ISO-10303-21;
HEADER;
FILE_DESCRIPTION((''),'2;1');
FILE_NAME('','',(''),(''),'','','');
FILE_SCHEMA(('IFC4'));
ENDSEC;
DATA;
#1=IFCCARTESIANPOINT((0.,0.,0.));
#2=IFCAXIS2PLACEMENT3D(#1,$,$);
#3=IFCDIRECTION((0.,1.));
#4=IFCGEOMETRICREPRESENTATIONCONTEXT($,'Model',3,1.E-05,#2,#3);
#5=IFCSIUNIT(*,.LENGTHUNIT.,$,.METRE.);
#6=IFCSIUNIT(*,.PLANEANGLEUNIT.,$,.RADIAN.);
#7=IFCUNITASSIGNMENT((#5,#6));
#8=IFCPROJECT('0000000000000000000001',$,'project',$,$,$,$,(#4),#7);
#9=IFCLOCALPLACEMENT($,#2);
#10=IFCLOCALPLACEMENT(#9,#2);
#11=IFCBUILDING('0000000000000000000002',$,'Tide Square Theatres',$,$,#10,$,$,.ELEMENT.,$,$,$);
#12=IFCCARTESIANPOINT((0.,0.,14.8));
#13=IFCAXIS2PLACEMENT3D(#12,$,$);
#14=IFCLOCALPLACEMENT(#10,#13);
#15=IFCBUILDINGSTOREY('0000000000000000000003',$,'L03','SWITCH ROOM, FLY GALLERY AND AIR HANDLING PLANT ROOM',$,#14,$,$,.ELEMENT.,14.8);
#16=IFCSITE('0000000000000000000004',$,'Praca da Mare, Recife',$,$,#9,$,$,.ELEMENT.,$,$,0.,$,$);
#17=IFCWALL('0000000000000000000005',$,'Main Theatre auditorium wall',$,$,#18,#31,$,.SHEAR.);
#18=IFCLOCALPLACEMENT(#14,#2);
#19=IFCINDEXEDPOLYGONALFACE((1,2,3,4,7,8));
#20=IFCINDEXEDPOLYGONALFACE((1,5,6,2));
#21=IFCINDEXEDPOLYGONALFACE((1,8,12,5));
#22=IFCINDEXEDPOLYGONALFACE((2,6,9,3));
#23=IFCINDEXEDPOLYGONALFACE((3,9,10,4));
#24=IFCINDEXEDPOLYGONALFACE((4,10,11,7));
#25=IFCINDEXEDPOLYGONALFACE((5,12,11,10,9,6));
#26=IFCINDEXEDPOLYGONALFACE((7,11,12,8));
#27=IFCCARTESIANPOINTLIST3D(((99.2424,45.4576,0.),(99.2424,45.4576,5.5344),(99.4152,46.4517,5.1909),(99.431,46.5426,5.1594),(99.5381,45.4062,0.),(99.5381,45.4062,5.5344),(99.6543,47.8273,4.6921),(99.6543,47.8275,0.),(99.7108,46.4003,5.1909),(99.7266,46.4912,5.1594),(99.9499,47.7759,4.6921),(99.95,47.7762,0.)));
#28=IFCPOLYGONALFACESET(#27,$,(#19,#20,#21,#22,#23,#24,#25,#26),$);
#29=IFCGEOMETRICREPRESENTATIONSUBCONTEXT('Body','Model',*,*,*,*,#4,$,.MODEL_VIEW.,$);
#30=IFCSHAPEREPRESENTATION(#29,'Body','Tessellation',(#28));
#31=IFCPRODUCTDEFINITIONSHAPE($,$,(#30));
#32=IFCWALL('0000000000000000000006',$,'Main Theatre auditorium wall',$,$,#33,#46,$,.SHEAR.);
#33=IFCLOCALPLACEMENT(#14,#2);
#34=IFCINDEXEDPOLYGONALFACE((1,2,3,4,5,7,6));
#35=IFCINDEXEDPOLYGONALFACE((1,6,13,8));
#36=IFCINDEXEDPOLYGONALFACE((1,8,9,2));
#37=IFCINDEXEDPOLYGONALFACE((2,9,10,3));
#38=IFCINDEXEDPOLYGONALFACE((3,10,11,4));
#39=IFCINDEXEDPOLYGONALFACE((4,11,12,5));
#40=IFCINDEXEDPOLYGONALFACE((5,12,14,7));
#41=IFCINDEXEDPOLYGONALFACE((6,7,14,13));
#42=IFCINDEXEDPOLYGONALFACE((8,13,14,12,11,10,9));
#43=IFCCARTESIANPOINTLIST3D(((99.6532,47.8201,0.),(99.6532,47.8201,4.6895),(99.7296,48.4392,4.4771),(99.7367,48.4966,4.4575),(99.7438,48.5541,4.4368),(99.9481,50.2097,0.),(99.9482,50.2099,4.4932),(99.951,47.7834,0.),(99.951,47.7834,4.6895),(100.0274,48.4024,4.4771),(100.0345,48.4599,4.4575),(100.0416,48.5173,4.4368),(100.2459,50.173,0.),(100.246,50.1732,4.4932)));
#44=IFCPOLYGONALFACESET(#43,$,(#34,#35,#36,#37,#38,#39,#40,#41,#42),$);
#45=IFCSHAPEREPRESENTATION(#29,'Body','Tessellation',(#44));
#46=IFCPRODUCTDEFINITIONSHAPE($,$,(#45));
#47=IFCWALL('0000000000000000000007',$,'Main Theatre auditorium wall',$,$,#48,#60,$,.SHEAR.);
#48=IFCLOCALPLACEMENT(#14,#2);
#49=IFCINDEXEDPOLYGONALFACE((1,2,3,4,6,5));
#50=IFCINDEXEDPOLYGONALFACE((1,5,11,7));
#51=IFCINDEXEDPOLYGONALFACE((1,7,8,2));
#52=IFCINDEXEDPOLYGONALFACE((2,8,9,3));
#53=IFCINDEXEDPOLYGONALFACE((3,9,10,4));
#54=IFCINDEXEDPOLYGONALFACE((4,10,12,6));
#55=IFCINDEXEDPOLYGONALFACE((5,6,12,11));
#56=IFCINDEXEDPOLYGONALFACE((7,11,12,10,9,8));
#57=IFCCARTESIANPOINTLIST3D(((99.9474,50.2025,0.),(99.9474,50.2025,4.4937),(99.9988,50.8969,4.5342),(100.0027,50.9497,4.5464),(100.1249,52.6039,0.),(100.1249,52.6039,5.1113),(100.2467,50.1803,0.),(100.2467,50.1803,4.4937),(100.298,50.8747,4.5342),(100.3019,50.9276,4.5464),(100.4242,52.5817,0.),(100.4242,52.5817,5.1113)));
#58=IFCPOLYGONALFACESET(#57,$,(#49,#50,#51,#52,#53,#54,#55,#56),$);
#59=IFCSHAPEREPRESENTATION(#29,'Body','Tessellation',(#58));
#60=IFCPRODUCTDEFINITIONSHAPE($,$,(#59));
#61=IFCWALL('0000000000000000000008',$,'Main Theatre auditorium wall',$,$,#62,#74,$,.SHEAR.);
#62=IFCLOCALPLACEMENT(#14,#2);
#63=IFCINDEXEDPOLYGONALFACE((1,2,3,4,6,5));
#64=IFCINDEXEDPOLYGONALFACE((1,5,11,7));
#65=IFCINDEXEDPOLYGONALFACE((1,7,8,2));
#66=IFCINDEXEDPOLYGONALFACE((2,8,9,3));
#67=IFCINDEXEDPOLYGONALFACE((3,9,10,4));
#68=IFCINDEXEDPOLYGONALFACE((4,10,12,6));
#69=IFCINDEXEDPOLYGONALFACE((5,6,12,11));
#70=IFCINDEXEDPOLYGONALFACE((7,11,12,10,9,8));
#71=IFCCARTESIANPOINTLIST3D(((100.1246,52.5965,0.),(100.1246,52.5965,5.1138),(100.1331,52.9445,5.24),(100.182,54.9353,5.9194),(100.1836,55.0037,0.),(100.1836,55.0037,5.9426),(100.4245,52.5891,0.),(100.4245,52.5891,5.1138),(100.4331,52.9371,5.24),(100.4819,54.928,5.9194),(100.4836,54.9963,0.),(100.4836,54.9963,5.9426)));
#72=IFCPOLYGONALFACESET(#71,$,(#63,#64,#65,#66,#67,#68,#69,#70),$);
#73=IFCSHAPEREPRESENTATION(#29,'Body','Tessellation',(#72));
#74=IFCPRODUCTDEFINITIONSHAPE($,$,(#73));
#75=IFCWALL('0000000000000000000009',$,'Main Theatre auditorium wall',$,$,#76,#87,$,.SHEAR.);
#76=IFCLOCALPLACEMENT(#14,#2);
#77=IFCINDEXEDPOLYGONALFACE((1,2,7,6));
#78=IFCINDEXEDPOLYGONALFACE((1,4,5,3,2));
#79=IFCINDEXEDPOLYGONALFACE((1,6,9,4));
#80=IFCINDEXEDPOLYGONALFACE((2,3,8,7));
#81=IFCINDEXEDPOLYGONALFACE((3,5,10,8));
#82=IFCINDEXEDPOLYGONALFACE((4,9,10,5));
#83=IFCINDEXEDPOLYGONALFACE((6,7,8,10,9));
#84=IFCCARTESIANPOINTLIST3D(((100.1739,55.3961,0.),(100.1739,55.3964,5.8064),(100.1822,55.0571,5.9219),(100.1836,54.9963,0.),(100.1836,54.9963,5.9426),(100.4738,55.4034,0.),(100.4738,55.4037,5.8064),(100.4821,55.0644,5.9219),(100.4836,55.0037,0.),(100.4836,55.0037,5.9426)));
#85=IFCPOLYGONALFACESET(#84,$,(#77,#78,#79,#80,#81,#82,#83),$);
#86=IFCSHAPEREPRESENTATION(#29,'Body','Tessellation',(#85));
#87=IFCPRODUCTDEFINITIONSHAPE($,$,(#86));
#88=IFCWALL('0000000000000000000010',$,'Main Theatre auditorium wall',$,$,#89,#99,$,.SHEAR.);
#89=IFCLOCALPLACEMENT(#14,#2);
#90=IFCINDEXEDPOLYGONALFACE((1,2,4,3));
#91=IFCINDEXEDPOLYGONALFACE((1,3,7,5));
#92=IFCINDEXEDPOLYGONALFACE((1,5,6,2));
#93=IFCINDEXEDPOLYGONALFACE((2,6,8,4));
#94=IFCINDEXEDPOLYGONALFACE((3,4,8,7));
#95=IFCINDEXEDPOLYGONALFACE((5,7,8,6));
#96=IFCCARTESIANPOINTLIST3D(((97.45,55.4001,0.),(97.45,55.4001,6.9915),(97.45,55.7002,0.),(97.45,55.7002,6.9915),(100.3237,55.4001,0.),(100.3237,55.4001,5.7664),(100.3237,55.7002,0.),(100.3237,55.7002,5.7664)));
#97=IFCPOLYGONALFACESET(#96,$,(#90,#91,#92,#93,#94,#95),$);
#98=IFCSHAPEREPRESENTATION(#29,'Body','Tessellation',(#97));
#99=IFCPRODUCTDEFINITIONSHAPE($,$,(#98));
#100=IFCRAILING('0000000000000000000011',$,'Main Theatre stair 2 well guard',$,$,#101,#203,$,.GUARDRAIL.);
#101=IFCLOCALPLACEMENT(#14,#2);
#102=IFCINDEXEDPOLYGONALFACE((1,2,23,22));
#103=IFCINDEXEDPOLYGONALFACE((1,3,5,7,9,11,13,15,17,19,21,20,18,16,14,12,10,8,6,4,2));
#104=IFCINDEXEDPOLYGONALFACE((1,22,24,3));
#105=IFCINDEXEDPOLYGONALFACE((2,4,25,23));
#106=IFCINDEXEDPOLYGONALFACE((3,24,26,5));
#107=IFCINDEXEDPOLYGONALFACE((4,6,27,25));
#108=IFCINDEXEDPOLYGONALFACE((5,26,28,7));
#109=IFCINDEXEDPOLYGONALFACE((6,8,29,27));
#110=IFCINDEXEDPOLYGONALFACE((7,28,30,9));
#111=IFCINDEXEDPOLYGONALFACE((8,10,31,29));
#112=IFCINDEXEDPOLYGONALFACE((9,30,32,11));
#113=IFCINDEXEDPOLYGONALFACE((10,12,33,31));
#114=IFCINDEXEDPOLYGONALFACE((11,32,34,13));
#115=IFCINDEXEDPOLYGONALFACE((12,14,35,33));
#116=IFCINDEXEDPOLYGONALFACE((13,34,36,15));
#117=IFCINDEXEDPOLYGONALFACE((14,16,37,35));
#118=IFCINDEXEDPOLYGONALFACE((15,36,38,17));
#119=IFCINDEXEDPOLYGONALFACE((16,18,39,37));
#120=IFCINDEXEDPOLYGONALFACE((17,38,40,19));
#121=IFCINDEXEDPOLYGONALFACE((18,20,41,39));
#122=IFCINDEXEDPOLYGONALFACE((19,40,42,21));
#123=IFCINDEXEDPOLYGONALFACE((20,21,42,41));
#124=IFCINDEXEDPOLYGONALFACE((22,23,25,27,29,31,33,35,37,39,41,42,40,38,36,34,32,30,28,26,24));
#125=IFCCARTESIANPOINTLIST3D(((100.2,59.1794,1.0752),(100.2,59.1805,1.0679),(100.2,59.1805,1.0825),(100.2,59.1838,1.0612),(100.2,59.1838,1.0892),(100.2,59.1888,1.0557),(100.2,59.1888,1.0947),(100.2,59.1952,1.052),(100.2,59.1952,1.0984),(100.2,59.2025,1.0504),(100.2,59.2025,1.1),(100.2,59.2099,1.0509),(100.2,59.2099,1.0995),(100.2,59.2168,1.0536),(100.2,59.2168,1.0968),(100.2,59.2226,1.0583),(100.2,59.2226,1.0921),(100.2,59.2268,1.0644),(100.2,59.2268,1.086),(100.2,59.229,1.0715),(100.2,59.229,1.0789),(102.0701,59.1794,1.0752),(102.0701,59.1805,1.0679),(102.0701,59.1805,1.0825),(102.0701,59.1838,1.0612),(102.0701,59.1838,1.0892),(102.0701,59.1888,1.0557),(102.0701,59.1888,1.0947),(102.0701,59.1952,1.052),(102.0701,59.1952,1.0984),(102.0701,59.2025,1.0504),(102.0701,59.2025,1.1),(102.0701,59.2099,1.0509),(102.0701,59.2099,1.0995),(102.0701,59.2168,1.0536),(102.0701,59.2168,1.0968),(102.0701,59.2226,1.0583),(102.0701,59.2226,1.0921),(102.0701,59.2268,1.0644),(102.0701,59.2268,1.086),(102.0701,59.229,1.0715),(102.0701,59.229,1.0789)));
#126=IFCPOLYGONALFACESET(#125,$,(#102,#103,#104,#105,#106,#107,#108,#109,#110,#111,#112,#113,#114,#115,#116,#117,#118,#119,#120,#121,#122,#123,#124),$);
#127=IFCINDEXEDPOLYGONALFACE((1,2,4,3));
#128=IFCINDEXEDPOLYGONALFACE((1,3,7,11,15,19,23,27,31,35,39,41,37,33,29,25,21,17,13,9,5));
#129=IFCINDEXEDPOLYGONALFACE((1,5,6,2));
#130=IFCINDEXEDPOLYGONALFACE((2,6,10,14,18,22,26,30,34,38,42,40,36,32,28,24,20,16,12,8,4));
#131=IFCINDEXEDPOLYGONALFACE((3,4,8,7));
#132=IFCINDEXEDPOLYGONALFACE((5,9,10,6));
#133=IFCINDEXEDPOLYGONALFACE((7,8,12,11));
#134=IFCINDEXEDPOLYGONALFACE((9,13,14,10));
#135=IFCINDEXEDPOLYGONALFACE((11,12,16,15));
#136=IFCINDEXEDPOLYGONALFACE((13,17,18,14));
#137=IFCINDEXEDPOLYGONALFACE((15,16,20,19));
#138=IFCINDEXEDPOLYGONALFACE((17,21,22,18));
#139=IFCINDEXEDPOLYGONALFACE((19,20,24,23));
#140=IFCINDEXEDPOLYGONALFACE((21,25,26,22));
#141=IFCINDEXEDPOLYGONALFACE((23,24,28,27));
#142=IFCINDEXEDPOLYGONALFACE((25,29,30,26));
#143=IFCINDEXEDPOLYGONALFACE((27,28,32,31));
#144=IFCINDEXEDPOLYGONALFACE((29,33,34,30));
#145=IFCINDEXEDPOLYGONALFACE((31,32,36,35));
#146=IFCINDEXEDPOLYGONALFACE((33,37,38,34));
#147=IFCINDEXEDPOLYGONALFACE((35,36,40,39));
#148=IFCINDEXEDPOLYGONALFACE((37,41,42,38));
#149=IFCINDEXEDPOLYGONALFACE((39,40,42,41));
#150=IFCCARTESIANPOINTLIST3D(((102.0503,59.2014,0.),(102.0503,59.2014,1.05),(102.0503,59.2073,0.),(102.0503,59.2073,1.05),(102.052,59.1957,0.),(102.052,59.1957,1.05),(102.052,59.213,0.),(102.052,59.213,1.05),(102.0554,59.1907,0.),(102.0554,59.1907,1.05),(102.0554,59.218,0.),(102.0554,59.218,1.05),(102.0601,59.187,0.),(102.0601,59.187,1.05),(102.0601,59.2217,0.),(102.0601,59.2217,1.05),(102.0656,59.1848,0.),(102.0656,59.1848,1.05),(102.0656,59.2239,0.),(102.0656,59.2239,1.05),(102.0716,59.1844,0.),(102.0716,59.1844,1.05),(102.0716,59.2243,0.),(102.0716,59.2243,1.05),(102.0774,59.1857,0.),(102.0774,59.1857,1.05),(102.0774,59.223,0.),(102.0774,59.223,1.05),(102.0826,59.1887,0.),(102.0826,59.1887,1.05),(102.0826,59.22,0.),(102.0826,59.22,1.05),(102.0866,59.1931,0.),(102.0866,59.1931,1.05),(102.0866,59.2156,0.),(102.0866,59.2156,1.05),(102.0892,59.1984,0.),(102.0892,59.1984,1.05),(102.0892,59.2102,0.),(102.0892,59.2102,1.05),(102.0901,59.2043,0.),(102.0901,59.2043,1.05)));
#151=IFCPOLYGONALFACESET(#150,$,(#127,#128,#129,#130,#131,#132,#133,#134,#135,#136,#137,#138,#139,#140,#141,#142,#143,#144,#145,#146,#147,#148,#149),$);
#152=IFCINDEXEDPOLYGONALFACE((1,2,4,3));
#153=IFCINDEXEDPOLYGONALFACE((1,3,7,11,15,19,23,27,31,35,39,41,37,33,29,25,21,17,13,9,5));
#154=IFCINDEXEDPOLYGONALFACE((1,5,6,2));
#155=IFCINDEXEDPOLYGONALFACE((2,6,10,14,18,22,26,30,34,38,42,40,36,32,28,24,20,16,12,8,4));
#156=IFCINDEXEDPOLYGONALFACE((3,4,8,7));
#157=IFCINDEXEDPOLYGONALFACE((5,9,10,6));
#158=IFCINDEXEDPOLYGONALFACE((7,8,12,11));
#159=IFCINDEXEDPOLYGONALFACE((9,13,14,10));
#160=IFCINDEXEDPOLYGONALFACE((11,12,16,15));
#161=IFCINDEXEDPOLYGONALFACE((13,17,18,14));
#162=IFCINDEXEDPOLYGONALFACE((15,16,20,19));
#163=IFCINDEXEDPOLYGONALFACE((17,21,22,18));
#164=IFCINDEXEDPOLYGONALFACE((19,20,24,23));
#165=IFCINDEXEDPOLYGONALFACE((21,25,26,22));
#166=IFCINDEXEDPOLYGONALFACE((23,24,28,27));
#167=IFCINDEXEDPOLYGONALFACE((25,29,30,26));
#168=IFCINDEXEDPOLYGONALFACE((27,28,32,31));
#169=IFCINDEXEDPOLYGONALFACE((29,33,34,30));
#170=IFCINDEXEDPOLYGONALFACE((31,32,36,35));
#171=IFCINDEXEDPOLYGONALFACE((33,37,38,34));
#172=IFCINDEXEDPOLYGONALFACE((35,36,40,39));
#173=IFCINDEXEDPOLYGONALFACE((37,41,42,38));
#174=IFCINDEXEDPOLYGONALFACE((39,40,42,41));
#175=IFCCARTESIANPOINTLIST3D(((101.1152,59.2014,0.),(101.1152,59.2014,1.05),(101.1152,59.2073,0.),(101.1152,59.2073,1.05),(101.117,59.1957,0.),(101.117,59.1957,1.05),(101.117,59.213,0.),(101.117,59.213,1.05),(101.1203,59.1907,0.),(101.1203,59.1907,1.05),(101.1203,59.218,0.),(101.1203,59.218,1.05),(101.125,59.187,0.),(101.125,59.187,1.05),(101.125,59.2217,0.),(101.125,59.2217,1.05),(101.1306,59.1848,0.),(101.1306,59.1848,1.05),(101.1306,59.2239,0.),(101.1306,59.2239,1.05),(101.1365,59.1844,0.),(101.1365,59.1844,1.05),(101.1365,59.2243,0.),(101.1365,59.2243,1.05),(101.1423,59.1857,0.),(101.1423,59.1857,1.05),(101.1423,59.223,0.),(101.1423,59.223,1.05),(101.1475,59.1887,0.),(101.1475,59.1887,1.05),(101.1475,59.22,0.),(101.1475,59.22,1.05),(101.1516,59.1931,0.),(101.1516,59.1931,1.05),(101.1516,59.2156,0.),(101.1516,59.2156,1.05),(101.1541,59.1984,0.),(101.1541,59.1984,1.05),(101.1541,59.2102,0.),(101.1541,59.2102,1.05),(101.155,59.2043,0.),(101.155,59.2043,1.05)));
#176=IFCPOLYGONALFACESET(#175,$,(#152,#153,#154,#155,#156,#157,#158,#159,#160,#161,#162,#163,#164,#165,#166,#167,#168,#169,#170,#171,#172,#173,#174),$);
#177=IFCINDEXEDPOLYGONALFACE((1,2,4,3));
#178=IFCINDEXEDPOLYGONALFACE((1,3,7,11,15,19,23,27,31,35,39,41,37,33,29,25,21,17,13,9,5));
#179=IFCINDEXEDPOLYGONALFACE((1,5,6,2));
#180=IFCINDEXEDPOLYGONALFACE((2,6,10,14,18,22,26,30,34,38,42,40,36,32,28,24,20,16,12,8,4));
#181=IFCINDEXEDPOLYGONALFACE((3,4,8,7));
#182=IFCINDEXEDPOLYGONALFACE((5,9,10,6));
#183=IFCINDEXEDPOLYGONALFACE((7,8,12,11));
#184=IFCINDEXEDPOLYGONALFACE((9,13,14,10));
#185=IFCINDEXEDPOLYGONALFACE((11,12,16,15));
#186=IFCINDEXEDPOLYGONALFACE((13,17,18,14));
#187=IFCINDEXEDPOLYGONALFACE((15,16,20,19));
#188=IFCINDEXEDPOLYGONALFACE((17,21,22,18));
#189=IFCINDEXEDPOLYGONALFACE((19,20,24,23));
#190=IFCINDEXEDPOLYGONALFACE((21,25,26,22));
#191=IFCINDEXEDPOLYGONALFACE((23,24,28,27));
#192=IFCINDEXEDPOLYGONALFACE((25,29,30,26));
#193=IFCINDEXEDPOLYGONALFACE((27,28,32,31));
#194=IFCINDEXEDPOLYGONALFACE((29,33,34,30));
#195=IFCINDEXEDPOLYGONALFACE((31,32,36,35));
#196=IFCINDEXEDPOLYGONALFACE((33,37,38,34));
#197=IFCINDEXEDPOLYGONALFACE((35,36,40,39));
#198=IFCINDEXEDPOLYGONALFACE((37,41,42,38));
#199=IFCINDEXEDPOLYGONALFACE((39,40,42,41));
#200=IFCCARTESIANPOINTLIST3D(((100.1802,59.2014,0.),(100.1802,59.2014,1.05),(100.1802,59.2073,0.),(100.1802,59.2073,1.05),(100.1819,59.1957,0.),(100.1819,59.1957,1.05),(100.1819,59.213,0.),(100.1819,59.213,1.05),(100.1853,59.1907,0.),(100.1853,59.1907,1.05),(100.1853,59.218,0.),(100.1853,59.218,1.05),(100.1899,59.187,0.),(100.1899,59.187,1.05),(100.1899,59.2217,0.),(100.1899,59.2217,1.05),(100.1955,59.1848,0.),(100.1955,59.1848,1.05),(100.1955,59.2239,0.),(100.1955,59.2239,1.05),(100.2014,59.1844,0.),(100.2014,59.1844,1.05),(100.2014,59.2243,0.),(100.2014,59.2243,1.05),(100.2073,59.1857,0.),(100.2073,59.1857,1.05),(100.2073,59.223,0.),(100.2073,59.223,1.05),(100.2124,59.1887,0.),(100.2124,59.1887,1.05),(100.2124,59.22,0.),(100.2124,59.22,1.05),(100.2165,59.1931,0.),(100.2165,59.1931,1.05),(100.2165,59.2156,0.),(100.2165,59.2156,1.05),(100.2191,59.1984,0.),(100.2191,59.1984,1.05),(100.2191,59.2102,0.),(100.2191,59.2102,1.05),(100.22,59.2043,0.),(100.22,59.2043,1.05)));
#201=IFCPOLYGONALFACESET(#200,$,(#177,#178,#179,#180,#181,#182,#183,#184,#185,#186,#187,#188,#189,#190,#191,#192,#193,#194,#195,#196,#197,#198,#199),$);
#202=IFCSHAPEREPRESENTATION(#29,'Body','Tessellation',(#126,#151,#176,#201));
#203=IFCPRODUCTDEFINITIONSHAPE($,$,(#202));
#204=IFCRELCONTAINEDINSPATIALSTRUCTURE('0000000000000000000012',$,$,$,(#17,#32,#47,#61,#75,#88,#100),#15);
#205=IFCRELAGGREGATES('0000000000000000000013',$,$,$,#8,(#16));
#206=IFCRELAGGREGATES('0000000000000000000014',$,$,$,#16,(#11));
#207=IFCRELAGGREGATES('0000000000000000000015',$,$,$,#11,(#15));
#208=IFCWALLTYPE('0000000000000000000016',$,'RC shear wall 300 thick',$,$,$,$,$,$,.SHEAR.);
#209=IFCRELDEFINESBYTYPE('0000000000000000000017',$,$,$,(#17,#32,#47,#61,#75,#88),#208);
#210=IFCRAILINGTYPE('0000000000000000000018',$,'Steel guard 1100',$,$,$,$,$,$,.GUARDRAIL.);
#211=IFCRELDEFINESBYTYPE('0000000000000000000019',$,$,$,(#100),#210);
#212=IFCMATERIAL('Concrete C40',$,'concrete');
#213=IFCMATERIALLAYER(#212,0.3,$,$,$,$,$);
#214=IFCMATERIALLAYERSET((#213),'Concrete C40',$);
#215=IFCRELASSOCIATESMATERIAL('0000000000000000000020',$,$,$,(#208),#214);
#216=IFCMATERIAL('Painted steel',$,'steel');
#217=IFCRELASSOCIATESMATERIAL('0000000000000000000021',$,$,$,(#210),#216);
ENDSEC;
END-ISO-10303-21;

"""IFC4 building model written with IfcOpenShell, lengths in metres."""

from ifc_helpers import new_model, si_unit, direction, frame, origin, origin_2d, place, context, subcontext, project, spatial, polyline, circle, outline, extrude, material, layer, layer_set, type_object, element, save


model = new_model("IFC4")

# Units and contexts
model_context = context("Model", 3, precision=1e-05, world=origin(), true_north=direction((0.0, 1.0)))
body_context = subcontext(model_context, "Body", "Model", "MODEL_VIEW")
ifc_project = project(units=[si_unit("LENGTHUNIT", "METRE"), si_unit("PLANEANGLEUNIT", "RADIAN")], contexts=[model_context])

# Site, building, storey
site_placement = place(None, origin())
site = spatial("IfcSite", under=ifc_project, at=site_placement, Name="Praca da Mare, Recife", CompositionType="ELEMENT", RefElevation=0.0)
building_placement = place(site_placement, origin())
building = spatial("IfcBuilding", under=site, at=building_placement, Name="Tide Square Theatres", CompositionType="ELEMENT")
storey_placement = place(building_placement, frame((0.0, 0.0, 14.8)))
storey = spatial("IfcBuildingStorey", under=building, at=storey_placement, Name="L03", Description="SWITCH ROOM, FLY GALLERY AND AIR HANDLING PLANT ROOM", CompositionType="ELEMENT", Elevation=14.8)

# Walls
ifc_material_1 = material(Name="Concrete C40", Category="concrete")
ifc_layer_1 = layer(ifc_material_1, 0.3)
ifc_layer_set_1 = layer_set([ifc_layer_1], Name="Concrete C40")
wall_type_1 = type_object("IfcWallType", Name="RC shear wall 300 thick", PredefinedType="SHEAR", material=ifc_layer_set_1)
wall_1_placement = place(storey_placement, frame((99.3901, 45.4319, 0.0), z_axis=(0.0, 0.0, 1.0), x_axis=(0.171226, 0.985232, 0.0)))
element("IfcWall", 1, at=wall_1_placement, inside=storey, type_object=wall_type_1, Name="Main Theatre auditorium wall", PredefinedType="SHEAR", context=body_context, shape_type="SweptSolid", body=[
    extrude(outline(polyline([(0.0, 0.0), (2.4055, 0.0), (2.4053, 4.6921), (1.1013, 5.1594), (1.009, 5.1909), (0.0, 5.5344), (0.0, 0.0)])), frame((0.0, 0.1499, 0.0), z_axis=(0.0, -1.0, 0.0), x_axis=(1.0, 0.0, 0.0)), (0.0, 0.0, 1.0), 0.3),
])
wall_2_placement = place(storey_placement, frame((99.802, 47.8018, 0.0), z_axis=(0.0, 0.0, 1.0), x_axis=(0.122487, 0.99247, 0.0)))
element("IfcWall", 2, at=wall_2_placement, inside=storey, type_object=wall_type_1, Name="Main Theatre auditorium wall", PredefinedType="SHEAR", context=body_context, shape_type="SweptSolid", body=[
    extrude(outline(polyline([(0.0, 0.0), (2.4077, 0.0), (2.408, 4.4932), (0.7395, 4.4368), (0.6816, 4.4575), (0.6238, 4.4771), (0.0, 4.6895), (0.0, 0.0)])), frame((0.0, 0.1499, 0.0), z_axis=(0.0, -1.0, 0.0), x_axis=(1.0, 0.0, 0.0)), (0.0, 0.0, 1.0), 0.3),
])
wall_3_placement = place(storey_placement, frame((100.0969, 50.1914, 0.0), z_axis=(0.0, 0.0, 1.0), x_axis=(0.073711, 0.99728, 0.0)))
element("IfcWall", 3, at=wall_3_placement, inside=storey, type_object=wall_type_1, Name="Main Theatre auditorium wall", PredefinedType="SHEAR", context=body_context, shape_type="SweptSolid", body=[
    extrude(outline(polyline([(0.0, 0.0), (2.408, 0.0), (2.408, 5.1113), (0.7493, 4.5464), (0.6963, 4.5342), (0.0, 4.4937), (0.0, 0.0)])), frame((0.0, 0.1499, 0.0), z_axis=(0.0, -1.0, 0.0), x_axis=(1.0, 0.0, 0.0)), (0.0, 0.0, 1.0), 0.3),
])
wall_4_placement = place(storey_placement, frame((100.2744, 52.5928, 0.0), z_axis=(0.0, 0.0, 1.0), x_axis=(0.024536, 0.999699, 0.0)))
element("IfcWall", 4, at=wall_4_placement, inside=storey, type_object=wall_type_1, Name="Main Theatre auditorium wall", PredefinedType="SHEAR", context=body_context, shape_type="SweptSolid", body=[
    extrude(outline(polyline([(0.0, 0.0), (2.408, 0.0), (2.408, 5.9426), (2.3396, 5.9194), (0.3481, 5.24), (0.0, 5.1138), (0.0, 0.0)])), frame((0.0, 0.1499, 0.0), z_axis=(0.0, -1.0, 0.0), x_axis=(1.0, 0.0, 0.0)), (0.0, 0.0, 1.0), 0.3),
])
wall_5_placement = place(storey_placement, frame((100.3335, 55.0, 0.0), z_axis=(0.0, 0.0, 1.0), x_axis=(-0.024413, 0.999702, 0.0)))
element("IfcWall", 5, at=wall_5_placement, inside=storey, type_object=wall_type_1, Name="Main Theatre auditorium wall", PredefinedType="SHEAR", context=body_context, shape_type="SweptSolid", body=[
    extrude(outline(polyline([(0.0, 0.0), (0.3999, 0.0), (0.4001, 5.8064), (0.0608, 5.9219), (0.0, 5.9426), (0.0, 0.0)])), frame((0.0, 0.1499, 0.0), z_axis=(0.0, -1.0, 0.0), x_axis=(1.0, 0.0, 0.0)), (0.0, 0.0, 1.0), 0.3),
])
wall_6_placement = place(storey_placement, frame((100.3237, 55.55, 0.0), z_axis=(0.0, 0.0, 1.0), x_axis=(-1.0, 0.0, 0.0)))
element("IfcWall", 6, at=wall_6_placement, inside=storey, type_object=wall_type_1, Name="Main Theatre auditorium wall", PredefinedType="SHEAR", context=body_context, shape_type="SweptSolid", body=[
    extrude(outline(polyline([(0.0, 0.0), (2.8738, 0.0), (2.8738, 6.9915), (0.0, 5.7664), (0.0, 0.0)])), frame((0.0, 0.1499, 0.0), z_axis=(0.0, -1.0, 0.0), x_axis=(1.0, 0.0, 0.0)), (0.0, 0.0, 1.0), 0.3),
])

# Railing
ifc_material_2 = material(Name="Painted steel", Category="steel")
railing_type = type_object("IfcRailingType", Name="Steel guard 1100", PredefinedType="GUARDRAIL", material=ifc_material_2)
railing_placement = place(storey_placement, frame((102.0701, 59.2043, 0.0)))
element("IfcRailing", 7, at=railing_placement, inside=storey, type_object=railing_type, Name="Main Theatre stair 2 well guard", PredefinedType="GUARDRAIL", context=body_context, shape_type="SweptSolid", body=[
    extrude(circle(Radius=0.0249, at=origin_2d()), frame((0.0, 0.0, 1.0752), z_axis=(-1.0, 0.0, 0.0), x_axis=(0.0, -1.0, 0.0)), (0.0, 0.0, 1.0), 1.8701),
    extrude(circle(Radius=0.02, at=origin_2d()), origin(), (0.0, 0.0, 1.0), 1.05),
    extrude(circle(Radius=0.02, at=origin_2d()), frame((-0.9351, 0.0, 0.0)), (0.0, 0.0, 1.0), 1.05),
    extrude(circle(Radius=0.02, at=origin_2d()), frame((-1.8701, 0.0, 0.0)), (0.0, 0.0, 1.0), 1.05),
])

save(model, "model.ifc")
